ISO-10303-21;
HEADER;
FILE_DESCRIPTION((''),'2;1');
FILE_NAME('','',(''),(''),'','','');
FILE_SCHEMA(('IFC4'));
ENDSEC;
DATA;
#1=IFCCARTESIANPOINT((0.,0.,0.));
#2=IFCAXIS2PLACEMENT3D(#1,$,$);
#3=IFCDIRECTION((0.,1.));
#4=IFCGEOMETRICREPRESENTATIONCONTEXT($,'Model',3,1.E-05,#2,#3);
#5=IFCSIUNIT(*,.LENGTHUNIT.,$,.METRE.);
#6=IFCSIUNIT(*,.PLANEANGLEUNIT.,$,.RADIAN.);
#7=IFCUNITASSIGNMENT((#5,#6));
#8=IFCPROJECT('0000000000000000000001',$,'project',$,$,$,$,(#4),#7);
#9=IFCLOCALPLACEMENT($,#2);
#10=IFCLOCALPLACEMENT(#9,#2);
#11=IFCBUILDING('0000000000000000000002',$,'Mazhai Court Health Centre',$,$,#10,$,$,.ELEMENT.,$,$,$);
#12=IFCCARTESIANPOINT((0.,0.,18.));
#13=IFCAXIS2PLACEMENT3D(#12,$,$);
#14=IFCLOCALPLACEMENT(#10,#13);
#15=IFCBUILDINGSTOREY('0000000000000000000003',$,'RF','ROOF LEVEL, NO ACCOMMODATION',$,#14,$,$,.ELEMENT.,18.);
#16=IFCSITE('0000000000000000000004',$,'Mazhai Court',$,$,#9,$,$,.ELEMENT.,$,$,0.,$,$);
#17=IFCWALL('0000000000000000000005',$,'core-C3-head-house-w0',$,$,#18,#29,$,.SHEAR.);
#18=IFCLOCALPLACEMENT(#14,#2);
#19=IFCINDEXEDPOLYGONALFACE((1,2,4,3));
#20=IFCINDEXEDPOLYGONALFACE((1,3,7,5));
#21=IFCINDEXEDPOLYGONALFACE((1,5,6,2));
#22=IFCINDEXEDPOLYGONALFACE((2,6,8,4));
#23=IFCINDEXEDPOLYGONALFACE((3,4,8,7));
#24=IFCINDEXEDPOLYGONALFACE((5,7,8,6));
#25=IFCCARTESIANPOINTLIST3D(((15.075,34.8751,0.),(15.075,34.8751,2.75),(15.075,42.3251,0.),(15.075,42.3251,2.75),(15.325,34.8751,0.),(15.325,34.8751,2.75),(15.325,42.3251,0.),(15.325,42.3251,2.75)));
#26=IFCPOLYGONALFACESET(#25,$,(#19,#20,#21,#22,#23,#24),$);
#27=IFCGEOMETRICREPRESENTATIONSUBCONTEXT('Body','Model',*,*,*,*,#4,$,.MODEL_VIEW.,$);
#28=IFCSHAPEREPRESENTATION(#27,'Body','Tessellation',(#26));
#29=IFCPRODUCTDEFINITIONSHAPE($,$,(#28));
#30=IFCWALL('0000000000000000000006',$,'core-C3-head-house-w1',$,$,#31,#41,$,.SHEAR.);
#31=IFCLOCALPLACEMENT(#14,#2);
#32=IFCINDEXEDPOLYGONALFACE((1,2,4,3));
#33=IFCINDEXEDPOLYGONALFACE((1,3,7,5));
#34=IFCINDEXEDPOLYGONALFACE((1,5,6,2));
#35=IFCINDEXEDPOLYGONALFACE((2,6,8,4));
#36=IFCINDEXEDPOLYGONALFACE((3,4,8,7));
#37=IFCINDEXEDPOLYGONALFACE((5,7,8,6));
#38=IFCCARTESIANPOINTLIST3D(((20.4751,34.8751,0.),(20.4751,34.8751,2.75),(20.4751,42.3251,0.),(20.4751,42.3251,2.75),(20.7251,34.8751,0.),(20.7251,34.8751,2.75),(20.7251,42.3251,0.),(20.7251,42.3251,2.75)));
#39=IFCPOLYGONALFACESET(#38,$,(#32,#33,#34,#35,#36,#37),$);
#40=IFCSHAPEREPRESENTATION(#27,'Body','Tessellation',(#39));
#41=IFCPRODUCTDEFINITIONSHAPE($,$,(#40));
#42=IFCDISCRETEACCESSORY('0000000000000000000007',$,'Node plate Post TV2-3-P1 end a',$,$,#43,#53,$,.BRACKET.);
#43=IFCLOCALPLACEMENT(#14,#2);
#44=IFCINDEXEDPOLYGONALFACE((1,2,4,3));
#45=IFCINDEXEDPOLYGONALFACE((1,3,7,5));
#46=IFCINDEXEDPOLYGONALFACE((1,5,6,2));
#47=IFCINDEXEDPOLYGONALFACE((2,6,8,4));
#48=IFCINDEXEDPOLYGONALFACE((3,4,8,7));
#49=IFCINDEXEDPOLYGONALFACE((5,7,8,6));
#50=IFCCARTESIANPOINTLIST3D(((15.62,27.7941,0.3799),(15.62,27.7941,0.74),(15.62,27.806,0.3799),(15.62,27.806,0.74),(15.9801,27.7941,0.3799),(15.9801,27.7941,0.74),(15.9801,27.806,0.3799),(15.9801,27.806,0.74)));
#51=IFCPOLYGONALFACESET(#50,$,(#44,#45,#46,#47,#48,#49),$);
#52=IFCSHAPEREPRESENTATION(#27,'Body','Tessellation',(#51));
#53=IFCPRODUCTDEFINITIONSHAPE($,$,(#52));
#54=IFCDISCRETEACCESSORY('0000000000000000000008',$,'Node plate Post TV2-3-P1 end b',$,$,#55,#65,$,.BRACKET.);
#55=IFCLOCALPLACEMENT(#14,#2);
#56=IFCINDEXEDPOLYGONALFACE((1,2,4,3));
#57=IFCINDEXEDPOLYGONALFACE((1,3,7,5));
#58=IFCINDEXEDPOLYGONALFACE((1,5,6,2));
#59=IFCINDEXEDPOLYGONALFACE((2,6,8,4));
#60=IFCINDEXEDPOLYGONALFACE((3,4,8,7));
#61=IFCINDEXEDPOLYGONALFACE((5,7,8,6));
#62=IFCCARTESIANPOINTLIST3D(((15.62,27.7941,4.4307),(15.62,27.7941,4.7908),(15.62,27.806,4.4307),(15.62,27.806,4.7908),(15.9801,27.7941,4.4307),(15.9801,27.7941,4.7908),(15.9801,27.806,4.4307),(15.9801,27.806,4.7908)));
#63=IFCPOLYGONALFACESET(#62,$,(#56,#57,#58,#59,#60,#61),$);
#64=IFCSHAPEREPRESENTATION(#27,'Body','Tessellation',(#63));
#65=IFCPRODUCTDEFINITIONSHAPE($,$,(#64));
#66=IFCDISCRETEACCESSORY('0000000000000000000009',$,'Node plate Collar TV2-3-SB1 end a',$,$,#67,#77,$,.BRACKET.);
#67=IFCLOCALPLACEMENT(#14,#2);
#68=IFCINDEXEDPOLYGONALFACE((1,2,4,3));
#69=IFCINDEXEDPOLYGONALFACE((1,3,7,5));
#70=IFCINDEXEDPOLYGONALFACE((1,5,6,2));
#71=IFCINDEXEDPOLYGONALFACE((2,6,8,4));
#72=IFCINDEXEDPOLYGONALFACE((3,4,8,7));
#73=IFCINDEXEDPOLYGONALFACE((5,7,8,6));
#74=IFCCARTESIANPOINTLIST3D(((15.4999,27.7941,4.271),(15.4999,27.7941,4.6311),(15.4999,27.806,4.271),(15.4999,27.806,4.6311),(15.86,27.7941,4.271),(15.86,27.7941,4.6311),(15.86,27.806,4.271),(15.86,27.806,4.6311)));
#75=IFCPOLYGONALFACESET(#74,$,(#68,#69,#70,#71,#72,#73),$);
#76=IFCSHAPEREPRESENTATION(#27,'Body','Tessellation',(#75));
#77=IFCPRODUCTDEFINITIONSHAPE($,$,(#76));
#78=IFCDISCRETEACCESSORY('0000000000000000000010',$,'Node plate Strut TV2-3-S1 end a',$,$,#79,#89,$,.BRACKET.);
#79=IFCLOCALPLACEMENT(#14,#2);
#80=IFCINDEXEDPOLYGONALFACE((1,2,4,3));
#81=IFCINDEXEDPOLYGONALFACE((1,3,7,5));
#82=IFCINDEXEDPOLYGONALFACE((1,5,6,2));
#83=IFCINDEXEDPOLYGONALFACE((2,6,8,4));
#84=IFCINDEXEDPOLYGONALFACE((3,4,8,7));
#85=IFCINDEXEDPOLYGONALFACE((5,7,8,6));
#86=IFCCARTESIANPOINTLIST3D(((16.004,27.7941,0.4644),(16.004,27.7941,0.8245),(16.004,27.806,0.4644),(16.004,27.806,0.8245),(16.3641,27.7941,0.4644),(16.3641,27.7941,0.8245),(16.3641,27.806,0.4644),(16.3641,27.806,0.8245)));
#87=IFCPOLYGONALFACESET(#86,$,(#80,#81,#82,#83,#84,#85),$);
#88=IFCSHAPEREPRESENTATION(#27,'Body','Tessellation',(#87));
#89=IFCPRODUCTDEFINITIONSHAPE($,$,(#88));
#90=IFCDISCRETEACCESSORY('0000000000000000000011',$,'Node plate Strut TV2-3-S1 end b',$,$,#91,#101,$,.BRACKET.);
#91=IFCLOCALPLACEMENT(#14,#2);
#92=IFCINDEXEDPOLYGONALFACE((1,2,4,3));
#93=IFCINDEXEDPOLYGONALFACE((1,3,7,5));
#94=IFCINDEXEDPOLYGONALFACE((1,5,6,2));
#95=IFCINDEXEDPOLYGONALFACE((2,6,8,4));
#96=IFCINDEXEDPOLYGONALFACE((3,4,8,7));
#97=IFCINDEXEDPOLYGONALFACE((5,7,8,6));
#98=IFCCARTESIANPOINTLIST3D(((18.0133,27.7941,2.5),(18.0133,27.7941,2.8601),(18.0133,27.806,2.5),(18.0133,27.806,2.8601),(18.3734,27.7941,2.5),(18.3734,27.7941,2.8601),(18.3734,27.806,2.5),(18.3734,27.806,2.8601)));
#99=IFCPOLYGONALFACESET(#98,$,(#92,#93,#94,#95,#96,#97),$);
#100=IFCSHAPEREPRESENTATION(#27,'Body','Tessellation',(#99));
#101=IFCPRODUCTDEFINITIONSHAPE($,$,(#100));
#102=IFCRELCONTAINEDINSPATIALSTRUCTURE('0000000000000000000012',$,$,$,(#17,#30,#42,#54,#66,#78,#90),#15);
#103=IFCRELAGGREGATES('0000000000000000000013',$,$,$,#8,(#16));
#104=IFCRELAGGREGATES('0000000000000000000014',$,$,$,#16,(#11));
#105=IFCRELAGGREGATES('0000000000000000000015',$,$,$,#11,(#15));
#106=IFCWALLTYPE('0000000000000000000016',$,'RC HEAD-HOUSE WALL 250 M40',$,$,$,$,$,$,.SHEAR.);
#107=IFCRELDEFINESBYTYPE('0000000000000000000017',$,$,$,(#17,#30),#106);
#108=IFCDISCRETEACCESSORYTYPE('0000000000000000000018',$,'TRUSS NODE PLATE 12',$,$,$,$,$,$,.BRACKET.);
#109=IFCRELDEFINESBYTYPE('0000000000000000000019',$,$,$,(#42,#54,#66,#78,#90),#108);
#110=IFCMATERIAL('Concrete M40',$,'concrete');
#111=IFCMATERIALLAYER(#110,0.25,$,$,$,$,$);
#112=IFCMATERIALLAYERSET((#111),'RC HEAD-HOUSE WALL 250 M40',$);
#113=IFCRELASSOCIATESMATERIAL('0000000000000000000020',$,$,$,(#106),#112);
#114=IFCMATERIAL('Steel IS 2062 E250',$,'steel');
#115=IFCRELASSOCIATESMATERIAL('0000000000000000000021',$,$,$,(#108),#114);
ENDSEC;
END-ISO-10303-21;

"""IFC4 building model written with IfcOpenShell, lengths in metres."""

from ifc_helpers import new_model, si_unit, direction, frame, frame_2d, origin, origin_2d, place, context, subcontext, project, spatial, rectangle, extrude, material, layer, layer_set, type_object, element, save


model = new_model("IFC4")

# Units and contexts
model_context = context("Model", 3, precision=1e-05, world=origin(), true_north=direction((0.0, 1.0)))
body_context = subcontext(model_context, "Body", "Model", "MODEL_VIEW")
ifc_project = project(units=[si_unit("LENGTHUNIT", "METRE"), si_unit("PLANEANGLEUNIT", "RADIAN")], contexts=[model_context])

# Site, building, storey
site_placement = place(None, origin())
site = spatial("IfcSite", under=ifc_project, at=site_placement, Name="Mazhai Court", CompositionType="ELEMENT", RefElevation=0.0)
building_placement = place(site_placement, origin())
building = spatial("IfcBuilding", under=site, at=building_placement, Name="Mazhai Court Health Centre", CompositionType="ELEMENT")
storey_placement = place(building_placement, frame((0.0, 0.0, 18.0)))
storey = spatial("IfcBuildingStorey", under=building, at=storey_placement, Name="RF", Description="ROOF LEVEL, NO ACCOMMODATION", CompositionType="ELEMENT", Elevation=18.0)

# Walls
ifc_material_1 = material(Name="Concrete M40", Category="concrete")
ifc_layer_1 = layer(ifc_material_1, 0.25)
ifc_layer_set_1 = layer_set([ifc_layer_1], Name="RC HEAD-HOUSE WALL 250 M40")
wall_type_1 = type_object("IfcWallType", Name="RC HEAD-HOUSE WALL 250 M40", PredefinedType="SHEAR", material=ifc_layer_set_1)
for number, where, z_axis, x_axis, name in (
    (1, (15.2, 34.875, 0.0), (0.0, 0.0, 1.0), (0.0, 1.0, 0.0), "core-C3-head-house-w0"),
    (2, (20.6001, 34.875, 0.0), (0.0, 0.0, 1.0), (0.0, 1.0, 0.0), "core-C3-head-house-w1"),
):
    element("IfcWall", number, at=place(storey_placement, frame(where, z_axis=z_axis, x_axis=x_axis)), inside=storey, type_object=wall_type_1, Name=name, PredefinedType="SHEAR", context=body_context, shape_type="SweptSolid", body=[
        extrude(rectangle(XDim=7.45, YDim=0.25, at=frame_2d((3.7251, 0.0))), origin(), (0.0, 0.0, 1.0), 2.75),
    ])

# Discrete accessories
ifc_material_2 = material(Name="Steel IS 2062 E250", Category="steel")
discrete_accessory_type = type_object("IfcDiscreteAccessoryType", Name="TRUSS NODE PLATE 12", PredefinedType="BRACKET", material=ifc_material_2)
for number, where, z_axis, x_axis, name in (
    (3, (15.8, 27.8, 0.3799), (0.0, 0.0, 1.0), (1.0, 0.0, 0.0), "Node plate Post TV2-3-P1 end a"),
    (4, (15.8, 27.8, 4.4307), (0.0, 0.0, 1.0), (1.0, 0.0, 0.0), "Node plate Post TV2-3-P1 end b"),
    (5, (15.6799, 27.8, 4.271), (0.0, 0.0, 1.0), (1.0, 0.0, 0.0), "Node plate Collar TV2-3-SB1 end a"),
    (6, (16.1841, 27.8, 0.4644), (0.0, 0.0, 1.0), (1.0, 0.0, 0.0), "Node plate Strut TV2-3-S1 end a"),
    (7, (18.1934, 27.8, 2.5), (0.0, 0.0, 1.0), (1.0, 0.0, 0.0), "Node plate Strut TV2-3-S1 end b"),
):
    element("IfcDiscreteAccessory", number, at=place(storey_placement, frame(where, z_axis=z_axis, x_axis=x_axis)), inside=storey, type_object=discrete_accessory_type, Name=name, PredefinedType="BRACKET", context=body_context, shape_type="SweptSolid", body=[
        extrude(rectangle(XDim=0.3601, YDim=0.012, at=origin_2d()), origin(), (0.0, 0.0, 1.0), 0.3601),
    ])

save(model, "model.ifc")
